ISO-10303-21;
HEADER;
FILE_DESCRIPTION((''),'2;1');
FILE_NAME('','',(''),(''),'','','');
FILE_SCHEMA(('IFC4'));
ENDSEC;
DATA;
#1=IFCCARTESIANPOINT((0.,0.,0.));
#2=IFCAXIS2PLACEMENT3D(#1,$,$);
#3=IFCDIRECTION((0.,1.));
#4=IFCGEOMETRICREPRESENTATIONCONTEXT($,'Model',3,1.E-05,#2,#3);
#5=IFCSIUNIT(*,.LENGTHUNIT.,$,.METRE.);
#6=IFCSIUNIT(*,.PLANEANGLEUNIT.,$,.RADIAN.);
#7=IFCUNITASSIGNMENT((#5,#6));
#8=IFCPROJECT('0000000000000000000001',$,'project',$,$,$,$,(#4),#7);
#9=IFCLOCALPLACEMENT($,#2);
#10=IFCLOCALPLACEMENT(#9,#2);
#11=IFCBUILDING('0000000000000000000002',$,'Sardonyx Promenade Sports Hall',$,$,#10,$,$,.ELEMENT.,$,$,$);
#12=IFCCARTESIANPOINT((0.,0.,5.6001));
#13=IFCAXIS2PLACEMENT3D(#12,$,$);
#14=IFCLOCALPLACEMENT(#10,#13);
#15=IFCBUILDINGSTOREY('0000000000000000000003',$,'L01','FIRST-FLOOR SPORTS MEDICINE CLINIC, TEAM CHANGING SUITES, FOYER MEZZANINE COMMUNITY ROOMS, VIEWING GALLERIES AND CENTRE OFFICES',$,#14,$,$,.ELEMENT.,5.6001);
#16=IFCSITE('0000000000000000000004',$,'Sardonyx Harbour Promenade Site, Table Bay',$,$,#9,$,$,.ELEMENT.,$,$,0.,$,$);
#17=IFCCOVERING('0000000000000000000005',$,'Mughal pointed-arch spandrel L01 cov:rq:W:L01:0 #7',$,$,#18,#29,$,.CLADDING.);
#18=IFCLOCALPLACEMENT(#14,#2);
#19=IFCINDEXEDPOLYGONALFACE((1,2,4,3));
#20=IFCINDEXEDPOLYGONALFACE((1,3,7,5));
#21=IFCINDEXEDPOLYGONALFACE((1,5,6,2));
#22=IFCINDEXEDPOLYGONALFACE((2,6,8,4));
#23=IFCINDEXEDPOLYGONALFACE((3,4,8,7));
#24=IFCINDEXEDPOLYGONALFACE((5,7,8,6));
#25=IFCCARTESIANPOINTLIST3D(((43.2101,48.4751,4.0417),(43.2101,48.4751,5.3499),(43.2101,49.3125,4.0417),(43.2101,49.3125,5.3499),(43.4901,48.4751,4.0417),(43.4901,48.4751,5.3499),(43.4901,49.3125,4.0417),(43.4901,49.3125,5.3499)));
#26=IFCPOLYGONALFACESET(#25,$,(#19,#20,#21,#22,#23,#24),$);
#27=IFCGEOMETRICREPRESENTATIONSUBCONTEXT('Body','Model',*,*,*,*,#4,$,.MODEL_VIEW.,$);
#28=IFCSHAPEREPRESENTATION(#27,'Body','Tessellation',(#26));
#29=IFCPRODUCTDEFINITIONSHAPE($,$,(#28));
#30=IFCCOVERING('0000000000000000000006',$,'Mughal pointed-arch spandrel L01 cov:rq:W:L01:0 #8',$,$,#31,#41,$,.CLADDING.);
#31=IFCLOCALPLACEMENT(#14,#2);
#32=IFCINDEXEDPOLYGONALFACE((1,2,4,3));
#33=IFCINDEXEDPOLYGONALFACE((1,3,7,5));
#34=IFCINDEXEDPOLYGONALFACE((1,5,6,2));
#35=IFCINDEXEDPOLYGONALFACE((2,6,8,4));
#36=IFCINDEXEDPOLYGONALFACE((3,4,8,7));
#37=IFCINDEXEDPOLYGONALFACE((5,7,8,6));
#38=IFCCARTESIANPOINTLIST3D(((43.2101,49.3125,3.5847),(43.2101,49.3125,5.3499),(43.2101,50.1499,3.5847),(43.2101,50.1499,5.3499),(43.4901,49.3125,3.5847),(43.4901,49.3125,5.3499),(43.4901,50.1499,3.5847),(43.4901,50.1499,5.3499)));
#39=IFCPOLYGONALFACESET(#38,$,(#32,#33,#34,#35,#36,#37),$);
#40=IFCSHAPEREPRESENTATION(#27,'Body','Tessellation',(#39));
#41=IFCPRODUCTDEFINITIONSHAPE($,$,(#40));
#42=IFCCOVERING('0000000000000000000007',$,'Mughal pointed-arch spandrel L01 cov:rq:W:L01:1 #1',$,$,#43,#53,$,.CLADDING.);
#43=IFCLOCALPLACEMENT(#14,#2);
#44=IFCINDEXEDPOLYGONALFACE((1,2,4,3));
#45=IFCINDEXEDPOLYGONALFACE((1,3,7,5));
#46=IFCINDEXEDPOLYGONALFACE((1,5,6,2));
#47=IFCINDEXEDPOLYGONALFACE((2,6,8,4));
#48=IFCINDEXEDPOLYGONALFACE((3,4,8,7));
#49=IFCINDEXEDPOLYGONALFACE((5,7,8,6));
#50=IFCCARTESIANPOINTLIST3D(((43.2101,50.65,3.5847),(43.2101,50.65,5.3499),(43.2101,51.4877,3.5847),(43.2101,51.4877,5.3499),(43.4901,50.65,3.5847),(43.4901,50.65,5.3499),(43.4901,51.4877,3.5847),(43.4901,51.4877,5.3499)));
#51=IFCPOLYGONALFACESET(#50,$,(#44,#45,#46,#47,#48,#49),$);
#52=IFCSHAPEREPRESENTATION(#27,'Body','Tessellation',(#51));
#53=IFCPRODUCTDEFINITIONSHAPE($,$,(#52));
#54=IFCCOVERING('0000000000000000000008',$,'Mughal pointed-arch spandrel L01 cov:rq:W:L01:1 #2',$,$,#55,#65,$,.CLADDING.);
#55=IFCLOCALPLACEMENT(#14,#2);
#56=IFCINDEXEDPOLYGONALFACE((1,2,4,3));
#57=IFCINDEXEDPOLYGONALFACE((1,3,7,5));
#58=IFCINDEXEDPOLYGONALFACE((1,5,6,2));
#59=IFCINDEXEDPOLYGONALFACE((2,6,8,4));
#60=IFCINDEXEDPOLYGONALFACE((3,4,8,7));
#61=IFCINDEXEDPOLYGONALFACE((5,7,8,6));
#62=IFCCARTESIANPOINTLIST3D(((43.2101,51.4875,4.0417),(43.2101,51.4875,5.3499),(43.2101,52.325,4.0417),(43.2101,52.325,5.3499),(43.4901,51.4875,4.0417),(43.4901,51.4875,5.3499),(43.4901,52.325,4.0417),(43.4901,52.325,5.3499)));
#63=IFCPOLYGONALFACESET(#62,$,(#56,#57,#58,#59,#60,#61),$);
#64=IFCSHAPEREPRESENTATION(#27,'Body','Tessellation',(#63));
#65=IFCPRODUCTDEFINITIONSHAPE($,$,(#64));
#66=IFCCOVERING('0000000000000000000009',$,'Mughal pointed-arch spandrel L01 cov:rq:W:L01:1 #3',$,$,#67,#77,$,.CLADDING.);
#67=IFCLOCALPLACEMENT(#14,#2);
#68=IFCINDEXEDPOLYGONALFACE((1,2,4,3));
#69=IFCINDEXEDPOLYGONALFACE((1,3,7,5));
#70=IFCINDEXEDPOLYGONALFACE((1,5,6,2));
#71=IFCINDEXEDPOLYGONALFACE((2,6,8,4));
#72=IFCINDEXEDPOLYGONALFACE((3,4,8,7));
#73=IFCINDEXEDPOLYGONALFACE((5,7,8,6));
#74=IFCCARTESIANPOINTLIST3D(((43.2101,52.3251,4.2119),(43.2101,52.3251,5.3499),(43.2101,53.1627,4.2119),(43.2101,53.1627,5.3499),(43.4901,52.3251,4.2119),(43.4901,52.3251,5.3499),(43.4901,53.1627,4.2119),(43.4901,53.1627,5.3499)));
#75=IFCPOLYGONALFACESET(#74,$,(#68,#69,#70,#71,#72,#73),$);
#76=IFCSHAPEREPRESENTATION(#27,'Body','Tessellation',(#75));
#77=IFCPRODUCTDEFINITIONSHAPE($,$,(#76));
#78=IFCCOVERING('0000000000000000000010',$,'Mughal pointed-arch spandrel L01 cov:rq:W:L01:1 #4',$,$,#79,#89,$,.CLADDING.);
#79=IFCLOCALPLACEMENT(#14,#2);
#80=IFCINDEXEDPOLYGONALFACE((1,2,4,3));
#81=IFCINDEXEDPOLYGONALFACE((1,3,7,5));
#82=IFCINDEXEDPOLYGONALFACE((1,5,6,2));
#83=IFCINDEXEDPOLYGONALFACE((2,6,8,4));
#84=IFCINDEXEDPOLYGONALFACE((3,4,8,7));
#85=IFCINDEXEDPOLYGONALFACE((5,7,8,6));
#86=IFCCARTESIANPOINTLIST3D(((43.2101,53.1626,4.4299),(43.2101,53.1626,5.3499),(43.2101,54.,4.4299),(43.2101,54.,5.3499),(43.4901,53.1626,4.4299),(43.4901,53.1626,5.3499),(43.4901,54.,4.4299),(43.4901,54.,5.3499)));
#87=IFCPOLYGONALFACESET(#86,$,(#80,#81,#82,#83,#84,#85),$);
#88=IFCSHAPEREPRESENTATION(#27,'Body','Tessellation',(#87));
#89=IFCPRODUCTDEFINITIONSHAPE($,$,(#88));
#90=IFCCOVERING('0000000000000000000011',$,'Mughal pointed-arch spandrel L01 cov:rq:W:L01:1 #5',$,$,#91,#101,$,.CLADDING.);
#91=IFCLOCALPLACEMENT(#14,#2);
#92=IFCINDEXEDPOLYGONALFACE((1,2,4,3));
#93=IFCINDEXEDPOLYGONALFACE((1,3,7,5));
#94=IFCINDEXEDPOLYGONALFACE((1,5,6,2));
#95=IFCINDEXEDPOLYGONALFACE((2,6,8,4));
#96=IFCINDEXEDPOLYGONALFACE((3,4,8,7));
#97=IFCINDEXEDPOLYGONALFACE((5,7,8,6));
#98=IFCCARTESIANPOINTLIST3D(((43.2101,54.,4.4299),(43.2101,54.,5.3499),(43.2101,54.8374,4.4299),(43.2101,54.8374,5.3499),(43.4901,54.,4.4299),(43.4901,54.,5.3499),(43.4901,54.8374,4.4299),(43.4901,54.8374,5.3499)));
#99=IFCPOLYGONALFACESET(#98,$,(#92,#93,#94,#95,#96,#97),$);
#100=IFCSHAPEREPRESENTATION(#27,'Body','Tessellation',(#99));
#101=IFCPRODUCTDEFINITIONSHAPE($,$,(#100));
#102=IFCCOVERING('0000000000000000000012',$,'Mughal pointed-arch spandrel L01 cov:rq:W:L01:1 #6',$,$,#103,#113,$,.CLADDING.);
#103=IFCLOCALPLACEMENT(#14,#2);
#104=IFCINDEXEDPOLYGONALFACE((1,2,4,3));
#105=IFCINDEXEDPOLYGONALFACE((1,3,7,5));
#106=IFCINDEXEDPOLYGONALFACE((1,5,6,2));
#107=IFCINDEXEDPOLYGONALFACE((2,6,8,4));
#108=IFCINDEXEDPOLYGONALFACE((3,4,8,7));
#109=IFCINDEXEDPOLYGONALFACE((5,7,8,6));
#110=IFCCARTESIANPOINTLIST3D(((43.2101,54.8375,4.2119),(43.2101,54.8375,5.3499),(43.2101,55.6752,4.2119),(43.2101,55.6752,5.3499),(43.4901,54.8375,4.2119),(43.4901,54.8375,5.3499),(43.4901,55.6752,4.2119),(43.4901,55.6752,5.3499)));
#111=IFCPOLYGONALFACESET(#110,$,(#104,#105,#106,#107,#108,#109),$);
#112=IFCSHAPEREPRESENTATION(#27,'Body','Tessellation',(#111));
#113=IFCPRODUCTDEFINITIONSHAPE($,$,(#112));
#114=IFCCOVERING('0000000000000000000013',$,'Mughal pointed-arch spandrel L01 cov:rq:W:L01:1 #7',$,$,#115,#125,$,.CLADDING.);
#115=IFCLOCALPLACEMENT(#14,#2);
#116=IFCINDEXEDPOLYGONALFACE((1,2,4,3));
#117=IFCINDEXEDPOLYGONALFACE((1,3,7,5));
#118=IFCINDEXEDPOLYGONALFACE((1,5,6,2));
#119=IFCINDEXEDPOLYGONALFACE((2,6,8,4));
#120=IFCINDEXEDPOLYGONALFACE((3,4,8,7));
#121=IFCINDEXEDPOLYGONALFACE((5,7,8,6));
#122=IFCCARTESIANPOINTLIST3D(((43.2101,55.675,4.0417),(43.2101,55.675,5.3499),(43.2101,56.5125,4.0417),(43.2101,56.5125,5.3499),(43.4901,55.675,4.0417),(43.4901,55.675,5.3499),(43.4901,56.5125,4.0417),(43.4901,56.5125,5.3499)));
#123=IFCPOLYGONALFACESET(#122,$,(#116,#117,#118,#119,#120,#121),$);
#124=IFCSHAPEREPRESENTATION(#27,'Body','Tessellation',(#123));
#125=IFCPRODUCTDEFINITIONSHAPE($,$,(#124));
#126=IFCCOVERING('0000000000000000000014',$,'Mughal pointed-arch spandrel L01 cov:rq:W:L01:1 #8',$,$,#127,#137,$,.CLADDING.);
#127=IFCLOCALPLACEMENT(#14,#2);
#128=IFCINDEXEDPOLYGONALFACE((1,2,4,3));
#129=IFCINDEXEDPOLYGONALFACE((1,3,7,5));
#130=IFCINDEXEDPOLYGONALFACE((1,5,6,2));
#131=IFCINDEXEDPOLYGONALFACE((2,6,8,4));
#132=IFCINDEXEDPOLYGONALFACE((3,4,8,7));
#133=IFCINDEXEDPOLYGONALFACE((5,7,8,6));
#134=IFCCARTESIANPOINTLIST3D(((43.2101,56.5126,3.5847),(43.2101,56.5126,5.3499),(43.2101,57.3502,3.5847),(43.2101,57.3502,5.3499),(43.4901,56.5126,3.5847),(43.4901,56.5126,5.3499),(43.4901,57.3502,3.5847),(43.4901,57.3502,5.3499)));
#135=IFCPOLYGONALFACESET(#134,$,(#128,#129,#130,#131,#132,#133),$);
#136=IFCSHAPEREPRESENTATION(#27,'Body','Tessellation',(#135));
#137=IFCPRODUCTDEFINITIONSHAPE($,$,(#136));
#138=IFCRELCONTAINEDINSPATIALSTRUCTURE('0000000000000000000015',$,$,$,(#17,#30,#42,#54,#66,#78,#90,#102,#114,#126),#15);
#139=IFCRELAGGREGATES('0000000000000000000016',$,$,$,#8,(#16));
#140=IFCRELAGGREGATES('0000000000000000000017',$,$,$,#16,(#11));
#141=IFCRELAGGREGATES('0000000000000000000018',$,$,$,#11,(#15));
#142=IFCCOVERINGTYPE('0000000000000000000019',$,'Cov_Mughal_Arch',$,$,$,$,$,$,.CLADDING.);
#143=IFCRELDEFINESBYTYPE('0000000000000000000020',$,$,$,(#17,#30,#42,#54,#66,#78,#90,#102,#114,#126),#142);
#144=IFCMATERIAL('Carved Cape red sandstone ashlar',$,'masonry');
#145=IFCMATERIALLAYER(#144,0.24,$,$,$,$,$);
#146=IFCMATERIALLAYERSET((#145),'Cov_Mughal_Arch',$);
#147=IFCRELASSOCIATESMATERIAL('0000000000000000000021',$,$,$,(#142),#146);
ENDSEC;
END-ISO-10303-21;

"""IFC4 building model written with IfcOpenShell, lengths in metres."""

from ifc_helpers import new_model, si_unit, direction, frame, frame_2d, origin, place, context, subcontext, project, spatial, rectangle, extrude, material, layer, layer_set, type_object, element, save


model = new_model("IFC4")

# Units and contexts
model_context = context("Model", 3, precision=1e-05, world=origin(), true_north=direction((0.0, 1.0)))
body_context = subcontext(model_context, "Body", "Model", "MODEL_VIEW")
ifc_project = project(units=[si_unit("LENGTHUNIT", "METRE"), si_unit("PLANEANGLEUNIT", "RADIAN")], contexts=[model_context])

# Site, building, storey
site_placement = place(None, origin())
site = spatial("IfcSite", under=ifc_project, at=site_placement, Name="Sardonyx Harbour Promenade Site, Table Bay", CompositionType="ELEMENT", RefElevation=0.0)
building_placement = place(site_placement, origin())
building = spatial("IfcBuilding", under=site, at=building_placement, Name="Sardonyx Promenade Sports Hall", CompositionType="ELEMENT")
storey_placement = place(building_placement, frame((0.0, 0.0, 5.6001)))
storey = spatial("IfcBuildingStorey", under=building, at=storey_placement, Name="L01", Description="FIRST-FLOOR SPORTS MEDICINE CLINIC, TEAM CHANGING SUITES, FOYER MEZZANINE COMMUNITY ROOMS, VIEWING GALLERIES AND CENTRE OFFICES", CompositionType="ELEMENT", Elevation=5.6001)

# Coverings
ifc_material_1 = material(Name="Carved Cape red sandstone ashlar", Category="masonry")
ifc_layer_1 = layer(ifc_material_1, 0.24)
ifc_layer_set_1 = layer_set([ifc_layer_1], Name="Cov_Mughal_Arch")
covering_type = type_object("IfcCoveringType", Name="Cov_Mughal_Arch", PredefinedType="CLADDING", material=ifc_layer_set_1)
covering_1_placement = place(storey_placement, frame((43.3501, 48.4751, 4.0417), z_axis=(0.0, 0.0, 1.0), x_axis=(0.0, 1.0, 0.0)))
element("IfcCovering", 1, at=covering_1_placement, inside=storey, type_object=covering_type, Name="Mughal pointed-arch spandrel L01 cov:rq:W:L01:0 #7", PredefinedType="CLADDING", context=body_context, shape_type="SweptSolid", body=[
    extrude(rectangle(XDim=0.8374, YDim=0.28, at=frame_2d((0.4187, 0.0))), origin(), (0.0, 0.0, 1.0), 1.3081),
])
covering_2_placement = place(storey_placement, frame((43.3501, 49.3125, 3.5847), z_axis=(0.0, 0.0, 1.0), x_axis=(0.0, 1.0, 0.0)))
element("IfcCovering", 2, at=covering_2_placement, inside=storey, type_object=covering_type, Name="Mughal pointed-arch spandrel L01 cov:rq:W:L01:0 #8", PredefinedType="CLADDING", context=body_context, shape_type="SweptSolid", body=[
    extrude(rectangle(XDim=0.8374, YDim=0.28, at=frame_2d((0.4187, 0.0))), origin(), (0.0, 0.0, 1.0), 1.7651),
])
covering_3_placement = place(storey_placement, frame((43.3501, 50.6499, 3.5847), z_axis=(0.0, 0.0, 1.0), x_axis=(0.0, 1.0, 0.0)))
element("IfcCovering", 3, at=covering_3_placement, inside=storey, type_object=covering_type, Name="Mughal pointed-arch spandrel L01 cov:rq:W:L01:1 #1", PredefinedType="CLADDING", context=body_context, shape_type="SweptSolid", body=[
    extrude(rectangle(XDim=0.8376, YDim=0.28, at=frame_2d((0.4189, 0.0))), origin(), (0.0, 0.0, 1.0), 1.7651),
])
covering_4_placement = place(storey_placement, frame((43.3501, 51.4875, 4.0417), z_axis=(0.0, 0.0, 1.0), x_axis=(0.0, 1.0, 0.0)))
element("IfcCovering", 4, at=covering_4_placement, inside=storey, type_object=covering_type, Name="Mughal pointed-arch spandrel L01 cov:rq:W:L01:1 #2", PredefinedType="CLADDING", context=body_context, shape_type="SweptSolid", body=[
    extrude(rectangle(XDim=0.8374, YDim=0.28, at=frame_2d((0.4187, 0.0))), origin(), (0.0, 0.0, 1.0), 1.3081),
])
covering_5_placement = place(storey_placement, frame((43.3501, 52.325, 4.2119), z_axis=(0.0, 0.0, 1.0), x_axis=(0.0, 1.0, 0.0)))
element("IfcCovering", 5, at=covering_5_placement, inside=storey, type_object=covering_type, Name="Mughal pointed-arch spandrel L01 cov:rq:W:L01:1 #3", PredefinedType="CLADDING", context=body_context, shape_type="SweptSolid", body=[
    extrude(rectangle(XDim=0.8376, YDim=0.28, at=frame_2d((0.4189, 0.0))), origin(), (0.0, 0.0, 1.0), 1.1379),
])
for number, where, z_axis, x_axis, name in (
    (6, (43.3501, 53.1626, 4.4299), (0.0, 0.0, 1.0), (0.0, 1.0, 0.0), "Mughal pointed-arch spandrel L01 cov:rq:W:L01:1 #4"),
    (7, (43.3501, 54.0, 4.4299), (0.0, 0.0, 1.0), (0.0, 1.0, 0.0), "Mughal pointed-arch spandrel L01 cov:rq:W:L01:1 #5"),
):
    element("IfcCovering", number, at=place(storey_placement, frame(where, z_axis=z_axis, x_axis=x_axis)), inside=storey, type_object=covering_type, Name=name, PredefinedType="CLADDING", context=body_context, shape_type="SweptSolid", body=[
        extrude(rectangle(XDim=0.8374, YDim=0.28, at=frame_2d((0.4187, 0.0))), origin(), (0.0, 0.0, 1.0), 0.9199),
    ])
covering_6_placement = place(storey_placement, frame((43.3501, 54.8374, 4.2119), z_axis=(0.0, 0.0, 1.0), x_axis=(0.0, 1.0, 0.0)))
element("IfcCovering", 8, at=covering_6_placement, inside=storey, type_object=covering_type, Name="Mughal pointed-arch spandrel L01 cov:rq:W:L01:1 #6", PredefinedType="CLADDING", context=body_context, shape_type="SweptSolid", body=[
    extrude(rectangle(XDim=0.8376, YDim=0.28, at=frame_2d((0.4189, 0.0))), origin(), (0.0, 0.0, 1.0), 1.1379),
])
covering_7_placement = place(storey_placement, frame((43.3501, 55.675, 4.0417), z_axis=(0.0, 0.0, 1.0), x_axis=(0.0, 1.0, 0.0)))
element("IfcCovering", 9, at=covering_7_placement, inside=storey, type_object=covering_type, Name="Mughal pointed-arch spandrel L01 cov:rq:W:L01:1 #7", PredefinedType="CLADDING", context=body_context, shape_type="SweptSolid", body=[
    extrude(rectangle(XDim=0.8374, YDim=0.28, at=frame_2d((0.4187, 0.0))), origin(), (0.0, 0.0, 1.0), 1.3081),
])
covering_8_placement = place(storey_placement, frame((43.3501, 56.5125, 3.5847), z_axis=(0.0, 0.0, 1.0), x_axis=(0.0, 1.0, 0.0)))
element("IfcCovering", 10, at=covering_8_placement, inside=storey, type_object=covering_type, Name="Mughal pointed-arch spandrel L01 cov:rq:W:L01:1 #8", PredefinedType="CLADDING", context=body_context, shape_type="SweptSolid", body=[
    extrude(rectangle(XDim=0.8376, YDim=0.28, at=frame_2d((0.4189, 0.0))), origin(), (0.0, 0.0, 1.0), 1.7651),
])

save(model, "model.ifc")
